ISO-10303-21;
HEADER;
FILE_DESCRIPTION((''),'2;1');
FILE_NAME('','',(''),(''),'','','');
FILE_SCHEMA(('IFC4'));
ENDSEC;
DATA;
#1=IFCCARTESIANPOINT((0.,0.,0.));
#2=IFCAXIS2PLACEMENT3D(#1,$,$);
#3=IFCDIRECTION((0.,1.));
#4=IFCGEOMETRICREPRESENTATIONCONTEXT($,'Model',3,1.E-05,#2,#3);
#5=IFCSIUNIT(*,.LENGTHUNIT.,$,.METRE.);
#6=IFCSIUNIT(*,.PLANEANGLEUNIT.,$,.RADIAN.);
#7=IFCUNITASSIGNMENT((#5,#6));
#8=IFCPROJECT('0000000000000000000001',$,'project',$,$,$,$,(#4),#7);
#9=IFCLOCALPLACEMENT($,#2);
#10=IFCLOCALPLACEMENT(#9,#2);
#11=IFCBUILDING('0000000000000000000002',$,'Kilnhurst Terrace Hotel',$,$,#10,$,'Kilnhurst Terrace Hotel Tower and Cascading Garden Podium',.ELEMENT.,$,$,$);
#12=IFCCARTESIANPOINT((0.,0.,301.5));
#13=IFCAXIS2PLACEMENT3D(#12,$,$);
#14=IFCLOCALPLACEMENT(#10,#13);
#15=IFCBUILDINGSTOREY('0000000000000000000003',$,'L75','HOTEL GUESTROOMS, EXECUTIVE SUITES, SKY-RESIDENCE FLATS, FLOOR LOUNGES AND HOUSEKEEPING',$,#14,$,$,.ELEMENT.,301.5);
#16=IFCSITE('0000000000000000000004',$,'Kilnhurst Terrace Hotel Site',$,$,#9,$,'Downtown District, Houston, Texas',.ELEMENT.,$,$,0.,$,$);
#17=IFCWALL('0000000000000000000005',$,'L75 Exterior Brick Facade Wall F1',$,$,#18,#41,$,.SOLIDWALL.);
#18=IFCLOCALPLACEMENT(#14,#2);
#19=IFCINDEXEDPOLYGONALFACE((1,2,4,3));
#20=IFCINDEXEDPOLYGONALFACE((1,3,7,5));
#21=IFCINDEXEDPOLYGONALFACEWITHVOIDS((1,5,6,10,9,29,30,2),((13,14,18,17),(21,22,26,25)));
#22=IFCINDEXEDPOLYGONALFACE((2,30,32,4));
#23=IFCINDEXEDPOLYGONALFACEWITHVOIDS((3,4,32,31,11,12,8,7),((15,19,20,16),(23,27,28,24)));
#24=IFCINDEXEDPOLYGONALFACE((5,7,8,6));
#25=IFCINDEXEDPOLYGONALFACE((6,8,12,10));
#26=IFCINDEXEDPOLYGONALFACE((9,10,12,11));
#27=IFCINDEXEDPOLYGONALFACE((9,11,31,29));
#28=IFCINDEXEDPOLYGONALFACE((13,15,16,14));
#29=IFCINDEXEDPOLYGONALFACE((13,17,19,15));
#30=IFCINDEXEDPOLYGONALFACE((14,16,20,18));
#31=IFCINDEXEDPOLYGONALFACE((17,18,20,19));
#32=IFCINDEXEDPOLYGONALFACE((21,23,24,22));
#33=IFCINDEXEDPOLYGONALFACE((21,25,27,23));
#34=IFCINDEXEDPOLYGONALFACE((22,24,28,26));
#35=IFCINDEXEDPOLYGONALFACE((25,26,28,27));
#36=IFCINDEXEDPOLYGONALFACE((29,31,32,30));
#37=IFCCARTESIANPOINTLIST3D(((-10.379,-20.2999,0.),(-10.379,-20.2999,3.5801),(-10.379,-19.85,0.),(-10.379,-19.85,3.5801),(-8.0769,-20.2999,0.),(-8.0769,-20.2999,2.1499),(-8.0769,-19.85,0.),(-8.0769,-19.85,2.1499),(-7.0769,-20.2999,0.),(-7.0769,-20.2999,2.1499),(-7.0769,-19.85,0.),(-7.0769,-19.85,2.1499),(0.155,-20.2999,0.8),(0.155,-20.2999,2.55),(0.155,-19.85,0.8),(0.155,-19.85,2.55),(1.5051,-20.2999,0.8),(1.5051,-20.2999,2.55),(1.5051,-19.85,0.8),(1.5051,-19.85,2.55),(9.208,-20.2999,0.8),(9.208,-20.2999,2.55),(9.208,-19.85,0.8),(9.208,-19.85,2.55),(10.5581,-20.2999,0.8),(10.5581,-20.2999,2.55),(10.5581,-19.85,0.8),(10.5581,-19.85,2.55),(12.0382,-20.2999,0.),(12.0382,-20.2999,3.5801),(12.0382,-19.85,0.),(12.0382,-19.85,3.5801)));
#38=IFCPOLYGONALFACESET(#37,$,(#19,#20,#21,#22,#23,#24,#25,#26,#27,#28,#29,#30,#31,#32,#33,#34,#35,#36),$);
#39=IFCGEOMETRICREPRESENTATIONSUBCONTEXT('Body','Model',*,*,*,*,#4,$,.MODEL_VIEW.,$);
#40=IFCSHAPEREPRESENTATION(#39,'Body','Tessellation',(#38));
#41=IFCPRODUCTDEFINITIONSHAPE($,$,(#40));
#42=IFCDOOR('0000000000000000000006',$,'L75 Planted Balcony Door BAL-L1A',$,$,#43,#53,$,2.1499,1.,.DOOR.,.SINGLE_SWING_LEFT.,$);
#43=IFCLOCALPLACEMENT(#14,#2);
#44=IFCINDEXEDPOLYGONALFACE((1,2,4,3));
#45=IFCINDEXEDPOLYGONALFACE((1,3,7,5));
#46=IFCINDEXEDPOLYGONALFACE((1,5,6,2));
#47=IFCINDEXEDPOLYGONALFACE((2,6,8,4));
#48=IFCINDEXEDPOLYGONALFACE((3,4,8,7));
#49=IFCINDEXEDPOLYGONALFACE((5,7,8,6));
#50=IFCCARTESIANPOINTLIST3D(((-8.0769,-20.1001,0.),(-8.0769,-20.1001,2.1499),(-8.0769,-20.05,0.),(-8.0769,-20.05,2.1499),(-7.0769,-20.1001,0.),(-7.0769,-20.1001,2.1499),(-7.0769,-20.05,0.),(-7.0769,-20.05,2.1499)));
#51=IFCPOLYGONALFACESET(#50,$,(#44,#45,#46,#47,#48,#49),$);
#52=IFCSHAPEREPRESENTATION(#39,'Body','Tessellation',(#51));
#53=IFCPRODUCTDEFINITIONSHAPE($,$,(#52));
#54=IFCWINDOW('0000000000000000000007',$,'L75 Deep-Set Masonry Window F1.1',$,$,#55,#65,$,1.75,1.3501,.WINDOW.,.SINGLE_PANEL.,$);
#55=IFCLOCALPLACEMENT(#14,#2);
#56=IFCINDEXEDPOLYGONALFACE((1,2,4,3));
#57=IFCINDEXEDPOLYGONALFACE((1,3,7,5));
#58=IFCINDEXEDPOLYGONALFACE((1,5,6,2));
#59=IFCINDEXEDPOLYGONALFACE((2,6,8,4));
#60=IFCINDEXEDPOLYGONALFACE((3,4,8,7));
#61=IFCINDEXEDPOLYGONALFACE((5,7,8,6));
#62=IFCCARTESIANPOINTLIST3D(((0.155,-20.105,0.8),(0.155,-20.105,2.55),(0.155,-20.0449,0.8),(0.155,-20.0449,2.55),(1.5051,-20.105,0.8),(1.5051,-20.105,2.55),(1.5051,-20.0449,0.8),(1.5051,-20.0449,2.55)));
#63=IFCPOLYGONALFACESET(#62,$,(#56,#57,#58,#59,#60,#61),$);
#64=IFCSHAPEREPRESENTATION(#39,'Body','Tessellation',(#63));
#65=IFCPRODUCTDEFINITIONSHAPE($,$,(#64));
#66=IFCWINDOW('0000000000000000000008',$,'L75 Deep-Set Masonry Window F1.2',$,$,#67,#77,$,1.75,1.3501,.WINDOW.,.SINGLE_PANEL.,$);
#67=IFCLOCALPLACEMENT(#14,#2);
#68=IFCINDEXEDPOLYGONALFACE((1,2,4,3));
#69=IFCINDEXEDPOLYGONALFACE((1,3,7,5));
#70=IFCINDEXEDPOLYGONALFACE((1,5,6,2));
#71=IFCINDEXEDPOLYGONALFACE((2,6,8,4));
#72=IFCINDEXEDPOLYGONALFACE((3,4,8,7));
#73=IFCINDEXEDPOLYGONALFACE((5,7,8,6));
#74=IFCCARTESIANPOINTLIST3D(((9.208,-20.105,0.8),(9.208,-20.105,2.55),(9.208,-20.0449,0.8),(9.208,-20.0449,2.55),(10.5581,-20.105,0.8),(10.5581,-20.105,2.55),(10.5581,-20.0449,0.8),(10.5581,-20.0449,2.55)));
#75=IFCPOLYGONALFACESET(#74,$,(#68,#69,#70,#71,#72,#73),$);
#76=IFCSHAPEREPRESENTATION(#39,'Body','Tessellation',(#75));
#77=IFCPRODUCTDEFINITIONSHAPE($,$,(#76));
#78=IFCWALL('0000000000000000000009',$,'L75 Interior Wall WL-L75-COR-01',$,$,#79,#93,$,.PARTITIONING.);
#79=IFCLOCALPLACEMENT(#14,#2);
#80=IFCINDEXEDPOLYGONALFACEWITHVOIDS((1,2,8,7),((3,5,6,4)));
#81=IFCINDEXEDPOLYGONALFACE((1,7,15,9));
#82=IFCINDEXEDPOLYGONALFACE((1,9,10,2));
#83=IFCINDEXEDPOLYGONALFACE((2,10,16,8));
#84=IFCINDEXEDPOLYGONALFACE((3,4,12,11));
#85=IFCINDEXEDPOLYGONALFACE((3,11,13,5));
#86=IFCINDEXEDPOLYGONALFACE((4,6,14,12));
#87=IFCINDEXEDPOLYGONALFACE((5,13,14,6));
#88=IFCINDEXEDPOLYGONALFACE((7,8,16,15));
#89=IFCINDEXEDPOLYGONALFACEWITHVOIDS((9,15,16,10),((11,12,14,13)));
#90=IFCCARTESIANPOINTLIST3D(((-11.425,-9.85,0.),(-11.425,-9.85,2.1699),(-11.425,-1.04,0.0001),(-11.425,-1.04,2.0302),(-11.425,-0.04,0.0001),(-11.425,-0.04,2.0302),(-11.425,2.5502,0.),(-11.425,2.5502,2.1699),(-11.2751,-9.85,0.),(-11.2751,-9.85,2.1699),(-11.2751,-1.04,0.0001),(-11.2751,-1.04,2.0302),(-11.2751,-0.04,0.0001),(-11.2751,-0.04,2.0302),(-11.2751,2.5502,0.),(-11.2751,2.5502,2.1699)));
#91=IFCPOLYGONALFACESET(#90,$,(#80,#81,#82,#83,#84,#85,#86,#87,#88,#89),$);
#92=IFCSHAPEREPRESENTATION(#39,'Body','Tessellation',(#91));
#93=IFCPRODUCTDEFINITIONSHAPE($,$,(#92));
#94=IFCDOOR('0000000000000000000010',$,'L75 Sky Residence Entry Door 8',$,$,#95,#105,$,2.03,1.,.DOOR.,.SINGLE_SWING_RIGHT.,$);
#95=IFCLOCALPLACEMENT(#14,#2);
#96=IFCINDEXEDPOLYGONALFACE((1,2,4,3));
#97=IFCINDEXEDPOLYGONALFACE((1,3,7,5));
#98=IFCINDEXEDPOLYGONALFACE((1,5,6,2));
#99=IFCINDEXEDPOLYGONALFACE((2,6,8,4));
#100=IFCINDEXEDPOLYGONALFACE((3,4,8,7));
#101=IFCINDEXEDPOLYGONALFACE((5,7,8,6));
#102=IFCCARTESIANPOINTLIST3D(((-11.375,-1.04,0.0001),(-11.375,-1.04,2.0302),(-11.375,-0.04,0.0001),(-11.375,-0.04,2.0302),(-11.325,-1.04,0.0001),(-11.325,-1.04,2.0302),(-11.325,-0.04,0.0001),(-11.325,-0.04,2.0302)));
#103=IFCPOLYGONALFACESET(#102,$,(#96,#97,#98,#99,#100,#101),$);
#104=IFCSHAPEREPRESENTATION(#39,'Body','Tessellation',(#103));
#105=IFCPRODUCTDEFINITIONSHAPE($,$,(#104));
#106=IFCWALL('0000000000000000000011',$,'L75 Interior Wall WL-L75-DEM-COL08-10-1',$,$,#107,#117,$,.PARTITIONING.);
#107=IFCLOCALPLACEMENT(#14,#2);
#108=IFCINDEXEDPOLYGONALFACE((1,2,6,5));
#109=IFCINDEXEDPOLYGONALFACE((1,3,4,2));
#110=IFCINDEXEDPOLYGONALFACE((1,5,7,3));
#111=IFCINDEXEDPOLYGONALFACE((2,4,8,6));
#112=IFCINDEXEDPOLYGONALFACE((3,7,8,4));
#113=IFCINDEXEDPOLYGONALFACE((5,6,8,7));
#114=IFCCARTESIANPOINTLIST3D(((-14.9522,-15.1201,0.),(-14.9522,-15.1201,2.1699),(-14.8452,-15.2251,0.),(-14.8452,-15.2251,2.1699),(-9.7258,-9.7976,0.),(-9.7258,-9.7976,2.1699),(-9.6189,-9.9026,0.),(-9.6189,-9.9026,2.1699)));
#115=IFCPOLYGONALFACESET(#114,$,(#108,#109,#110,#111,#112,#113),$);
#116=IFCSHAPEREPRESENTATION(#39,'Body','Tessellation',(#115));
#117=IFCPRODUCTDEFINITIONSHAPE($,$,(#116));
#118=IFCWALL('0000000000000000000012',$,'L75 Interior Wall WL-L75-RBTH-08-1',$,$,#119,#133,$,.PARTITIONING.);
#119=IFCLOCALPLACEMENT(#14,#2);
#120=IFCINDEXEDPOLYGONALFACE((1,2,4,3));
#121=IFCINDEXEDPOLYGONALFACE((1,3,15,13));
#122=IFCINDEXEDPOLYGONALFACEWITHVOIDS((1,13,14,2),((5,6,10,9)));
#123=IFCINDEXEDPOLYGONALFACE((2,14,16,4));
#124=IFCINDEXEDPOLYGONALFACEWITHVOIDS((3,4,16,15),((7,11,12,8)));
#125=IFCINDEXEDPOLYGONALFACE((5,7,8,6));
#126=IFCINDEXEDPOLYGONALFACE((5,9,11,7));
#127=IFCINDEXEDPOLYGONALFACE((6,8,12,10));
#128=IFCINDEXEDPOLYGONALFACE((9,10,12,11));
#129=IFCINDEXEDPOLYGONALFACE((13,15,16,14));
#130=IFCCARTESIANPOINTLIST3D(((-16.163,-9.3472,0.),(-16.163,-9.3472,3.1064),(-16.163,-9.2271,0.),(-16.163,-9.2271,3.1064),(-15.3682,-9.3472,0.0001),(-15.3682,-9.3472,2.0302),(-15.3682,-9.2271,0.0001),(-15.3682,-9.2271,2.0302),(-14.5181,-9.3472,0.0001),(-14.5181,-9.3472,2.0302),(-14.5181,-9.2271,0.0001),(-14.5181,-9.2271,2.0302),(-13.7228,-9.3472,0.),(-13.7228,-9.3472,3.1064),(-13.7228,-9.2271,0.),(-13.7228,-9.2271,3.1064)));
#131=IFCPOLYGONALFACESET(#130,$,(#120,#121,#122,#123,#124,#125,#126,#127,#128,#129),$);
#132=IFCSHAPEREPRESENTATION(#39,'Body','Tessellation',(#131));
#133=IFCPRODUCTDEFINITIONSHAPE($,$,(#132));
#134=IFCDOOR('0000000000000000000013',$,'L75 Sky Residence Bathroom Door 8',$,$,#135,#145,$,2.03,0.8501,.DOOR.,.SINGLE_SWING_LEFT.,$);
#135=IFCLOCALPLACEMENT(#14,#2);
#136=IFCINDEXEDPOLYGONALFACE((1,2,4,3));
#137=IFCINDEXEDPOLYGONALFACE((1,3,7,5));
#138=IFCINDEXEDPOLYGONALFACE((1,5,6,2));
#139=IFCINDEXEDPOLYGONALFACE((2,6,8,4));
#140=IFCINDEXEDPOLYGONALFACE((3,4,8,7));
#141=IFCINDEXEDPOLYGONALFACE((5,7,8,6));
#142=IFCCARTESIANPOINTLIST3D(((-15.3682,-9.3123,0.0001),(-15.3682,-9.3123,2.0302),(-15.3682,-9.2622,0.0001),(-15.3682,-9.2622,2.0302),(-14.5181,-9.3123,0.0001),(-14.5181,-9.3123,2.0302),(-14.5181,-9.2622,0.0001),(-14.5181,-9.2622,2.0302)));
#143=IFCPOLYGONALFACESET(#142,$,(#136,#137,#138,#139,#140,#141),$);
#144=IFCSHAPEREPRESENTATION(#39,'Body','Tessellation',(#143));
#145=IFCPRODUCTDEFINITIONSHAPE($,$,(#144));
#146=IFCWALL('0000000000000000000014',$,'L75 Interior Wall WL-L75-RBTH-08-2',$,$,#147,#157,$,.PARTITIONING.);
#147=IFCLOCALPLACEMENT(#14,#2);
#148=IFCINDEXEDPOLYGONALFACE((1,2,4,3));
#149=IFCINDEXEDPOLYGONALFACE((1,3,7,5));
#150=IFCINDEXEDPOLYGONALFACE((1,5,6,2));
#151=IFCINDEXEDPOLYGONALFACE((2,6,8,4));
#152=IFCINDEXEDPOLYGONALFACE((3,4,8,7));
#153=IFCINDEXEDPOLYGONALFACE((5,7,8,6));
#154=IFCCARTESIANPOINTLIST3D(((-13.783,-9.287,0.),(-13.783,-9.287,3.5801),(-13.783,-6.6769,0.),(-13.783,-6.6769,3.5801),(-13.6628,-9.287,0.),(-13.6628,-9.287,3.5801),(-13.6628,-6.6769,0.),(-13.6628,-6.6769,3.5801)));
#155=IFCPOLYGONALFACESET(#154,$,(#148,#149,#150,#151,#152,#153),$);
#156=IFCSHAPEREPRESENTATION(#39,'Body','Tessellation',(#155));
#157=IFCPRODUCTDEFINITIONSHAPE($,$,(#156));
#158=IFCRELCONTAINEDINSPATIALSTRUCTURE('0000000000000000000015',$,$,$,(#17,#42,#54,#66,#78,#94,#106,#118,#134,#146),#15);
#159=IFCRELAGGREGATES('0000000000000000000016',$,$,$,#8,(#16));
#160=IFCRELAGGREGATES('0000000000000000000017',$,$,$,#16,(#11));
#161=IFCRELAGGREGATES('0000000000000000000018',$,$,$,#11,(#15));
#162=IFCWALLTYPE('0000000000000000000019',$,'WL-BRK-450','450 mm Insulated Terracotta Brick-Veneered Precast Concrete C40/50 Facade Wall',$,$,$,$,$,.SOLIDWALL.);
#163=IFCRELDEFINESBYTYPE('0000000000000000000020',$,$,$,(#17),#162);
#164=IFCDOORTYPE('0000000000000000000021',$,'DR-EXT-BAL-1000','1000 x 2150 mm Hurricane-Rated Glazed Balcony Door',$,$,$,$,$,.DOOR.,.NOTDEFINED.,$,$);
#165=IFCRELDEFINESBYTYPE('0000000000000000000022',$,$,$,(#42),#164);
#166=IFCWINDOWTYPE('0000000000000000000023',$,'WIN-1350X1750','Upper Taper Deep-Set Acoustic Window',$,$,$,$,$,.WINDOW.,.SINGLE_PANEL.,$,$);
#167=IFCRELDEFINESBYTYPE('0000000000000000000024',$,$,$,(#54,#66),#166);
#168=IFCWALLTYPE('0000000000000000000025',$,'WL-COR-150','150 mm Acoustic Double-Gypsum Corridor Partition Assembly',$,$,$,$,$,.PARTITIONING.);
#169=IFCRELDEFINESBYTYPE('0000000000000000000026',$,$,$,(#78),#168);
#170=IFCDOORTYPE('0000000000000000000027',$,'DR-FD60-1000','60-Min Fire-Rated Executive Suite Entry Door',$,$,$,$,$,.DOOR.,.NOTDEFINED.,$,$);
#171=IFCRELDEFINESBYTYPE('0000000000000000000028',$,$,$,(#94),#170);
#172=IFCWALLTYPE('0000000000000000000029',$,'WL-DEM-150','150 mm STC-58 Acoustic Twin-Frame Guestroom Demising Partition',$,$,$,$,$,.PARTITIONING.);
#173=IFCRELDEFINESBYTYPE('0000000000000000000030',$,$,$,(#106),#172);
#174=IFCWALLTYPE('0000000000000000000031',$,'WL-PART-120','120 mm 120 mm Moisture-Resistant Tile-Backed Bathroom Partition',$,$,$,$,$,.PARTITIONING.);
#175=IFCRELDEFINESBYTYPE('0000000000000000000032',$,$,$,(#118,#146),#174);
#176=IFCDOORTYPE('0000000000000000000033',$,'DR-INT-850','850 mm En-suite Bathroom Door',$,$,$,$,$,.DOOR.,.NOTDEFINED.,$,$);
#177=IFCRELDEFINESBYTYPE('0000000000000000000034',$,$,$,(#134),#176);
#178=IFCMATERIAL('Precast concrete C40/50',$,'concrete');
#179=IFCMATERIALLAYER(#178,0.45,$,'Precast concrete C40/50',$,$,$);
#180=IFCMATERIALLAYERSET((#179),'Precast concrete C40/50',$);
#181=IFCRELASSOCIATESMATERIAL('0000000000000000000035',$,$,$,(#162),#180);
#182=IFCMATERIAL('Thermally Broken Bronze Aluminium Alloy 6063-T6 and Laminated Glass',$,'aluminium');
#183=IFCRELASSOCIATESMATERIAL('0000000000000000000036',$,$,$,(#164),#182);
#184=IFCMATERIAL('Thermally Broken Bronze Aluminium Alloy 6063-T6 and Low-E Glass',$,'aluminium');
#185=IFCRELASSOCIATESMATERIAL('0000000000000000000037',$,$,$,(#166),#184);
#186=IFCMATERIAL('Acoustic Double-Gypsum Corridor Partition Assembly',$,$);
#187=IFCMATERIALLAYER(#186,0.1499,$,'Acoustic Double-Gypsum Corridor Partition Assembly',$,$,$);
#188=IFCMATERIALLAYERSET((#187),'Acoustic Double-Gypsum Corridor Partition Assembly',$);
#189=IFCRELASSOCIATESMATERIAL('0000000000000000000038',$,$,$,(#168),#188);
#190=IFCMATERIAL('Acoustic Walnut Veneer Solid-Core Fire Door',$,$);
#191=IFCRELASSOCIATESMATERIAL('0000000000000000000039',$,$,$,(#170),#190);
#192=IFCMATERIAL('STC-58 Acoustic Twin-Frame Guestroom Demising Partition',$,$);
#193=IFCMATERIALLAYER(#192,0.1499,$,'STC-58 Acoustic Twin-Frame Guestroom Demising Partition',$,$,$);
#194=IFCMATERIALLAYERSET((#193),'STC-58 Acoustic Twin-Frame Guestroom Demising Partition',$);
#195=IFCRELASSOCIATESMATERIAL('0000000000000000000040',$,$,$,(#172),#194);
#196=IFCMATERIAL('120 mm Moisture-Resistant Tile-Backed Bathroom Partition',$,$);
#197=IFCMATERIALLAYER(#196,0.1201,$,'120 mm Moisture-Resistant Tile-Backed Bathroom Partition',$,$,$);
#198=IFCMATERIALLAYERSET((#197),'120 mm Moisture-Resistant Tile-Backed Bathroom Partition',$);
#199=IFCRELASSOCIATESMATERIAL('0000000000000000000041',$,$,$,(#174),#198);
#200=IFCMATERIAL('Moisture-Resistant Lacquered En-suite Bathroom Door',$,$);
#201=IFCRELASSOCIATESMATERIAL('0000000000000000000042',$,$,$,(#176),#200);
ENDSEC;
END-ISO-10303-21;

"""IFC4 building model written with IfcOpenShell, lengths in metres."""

from ifc_helpers import new_model, si_unit, direction, frame, frame_2d, origin, place, context, subcontext, project, spatial, rectangle, extrude, material, layer, layer_set, type_object, element, fill, save


model = new_model("IFC4")

# Units and contexts
model_context = context("Model", 3, precision=1e-05, world=origin(), true_north=direction((0.0, 1.0)))
body_context = subcontext(model_context, "Body", "Model", "MODEL_VIEW")
ifc_project = project(units=[si_unit("LENGTHUNIT", "METRE"), si_unit("PLANEANGLEUNIT", "RADIAN")], contexts=[model_context])

# Site, building, storey
site_placement = place(None, origin())
site = spatial("IfcSite", under=ifc_project, at=site_placement, Name="Kilnhurst Terrace Hotel Site", LongName="Downtown District, Houston, Texas", CompositionType="ELEMENT", RefElevation=0.0)
building_placement = place(site_placement, origin())
building = spatial("IfcBuilding", under=site, at=building_placement, Name="Kilnhurst Terrace Hotel", LongName="Kilnhurst Terrace Hotel Tower and Cascading Garden Podium", CompositionType="ELEMENT")
storey_placement = place(building_placement, frame((0.0, 0.0, 301.5)))
storey = spatial("IfcBuildingStorey", under=building, at=storey_placement, Name="L75", Description="HOTEL GUESTROOMS, EXECUTIVE SUITES, SKY-RESIDENCE FLATS, FLOOR LOUNGES AND HOUSEKEEPING", CompositionType="ELEMENT", Elevation=301.5)

# Shared definitions
ifc_material_1 = material(Name="Precast concrete C40/50", Category="concrete")
ifc_layer_1 = layer(ifc_material_1, 0.45, Name="Precast concrete C40/50")
ifc_layer_set_1 = layer_set([ifc_layer_1], Name="Precast concrete C40/50")
wall_type_1 = type_object("IfcWallType", Name="WL-BRK-450", Description="450 mm Insulated Terracotta Brick-Veneered Precast Concrete C40/50 Facade Wall", PredefinedType="SOLIDWALL", material=ifc_layer_set_1)

# Wall, openings, door, windows
wall_1_placement = place(storey_placement, frame((-10.3789, -20.075, 0.0), z_axis=(0.0, 0.0, 1.0), x_axis=(1.0, 0.0, 0.0)))
wall_1 = element("IfcWall", 1, at=wall_1_placement, inside=storey, type_object=wall_type_1, Name="L75 Exterior Brick Facade Wall F1", PredefinedType="SOLIDWALL", context=body_context, shape_type="SweptSolid", body=[
    extrude(rectangle(XDim=22.4172, YDim=0.45, at=frame_2d((11.2085, 0.0))), origin(), (0.0, 0.0, 1.0), 3.5801),
])
opening_1_placement = place(wall_1_placement, frame((2.302, 0.0, 0.0)))
opening_1 = element("IfcOpeningElement", 2, at=opening_1_placement, cuts=wall_1, PredefinedType="OPENING", context=body_context, shape_type="SweptSolid", body=[
    extrude(rectangle(XDim=1.0, YDim=2.1499, at=frame_2d((0.5, 1.075))), frame((0.0, 0.2349, 0.0), z_axis=(0.0, -1.0, 0.0), x_axis=(1.0, 0.0, 0.0)), (0.0, 0.0, 1.0), 0.47),
])
opening_2_placement = place(wall_1_placement, frame((10.5339, 0.0, 0.8)))
opening_2 = element("IfcOpeningElement", 3, at=opening_2_placement, cuts=wall_1, PredefinedType="OPENING", context=body_context, shape_type="SweptSolid", body=[
    extrude(rectangle(XDim=1.3501, YDim=1.75, at=frame_2d((0.675, 0.875))), frame((0.0, 0.2349, 0.0), z_axis=(0.0, -1.0, 0.0), x_axis=(1.0, 0.0, 0.0)), (0.0, 0.0, 1.0), 0.47),
])
opening_3_placement = place(wall_1_placement, frame((19.5869, 0.0, 0.8)))
opening_3 = element("IfcOpeningElement", 4, at=opening_3_placement, cuts=wall_1, PredefinedType="OPENING", context=body_context, shape_type="SweptSolid", body=[
    extrude(rectangle(XDim=1.3501, YDim=1.75, at=frame_2d((0.675, 0.875))), frame((0.0, 0.2349, 0.0), z_axis=(0.0, -1.0, 0.0), x_axis=(1.0, 0.0, 0.0)), (0.0, 0.0, 1.0), 0.47),
])
ifc_material_2 = material(Name="Thermally Broken Bronze Aluminium Alloy 6063-T6 and Laminated Glass", Category="aluminium")
door_type_1 = type_object("IfcDoorType", Name="DR-EXT-BAL-1000", Description="1000 x 2150 mm Hurricane-Rated Glazed Balcony Door", OperationType="NOTDEFINED", PredefinedType="DOOR", material=ifc_material_2)
door_1_placement = place(opening_1_placement, origin())
door_1 = element("IfcDoor", 5, at=door_1_placement, inside=storey, type_object=door_type_1, Name="L75 Planted Balcony Door BAL-L1A", OperationType="SINGLE_SWING_LEFT", OverallHeight=2.1499, OverallWidth=1.0, PredefinedType="DOOR", context=body_context, shape_type="SweptSolid", body=[
    extrude(rectangle(XDim=1.0, YDim=2.1499, at=frame_2d((0.5, 1.075))), frame((0.0, 0.0249, 0.0), z_axis=(0.0, -1.0, 0.0), x_axis=(1.0, 0.0, 0.0)), (0.0, 0.0, 1.0), 0.05),
])
fill(opening_1, door_1)
ifc_material_3 = material(Name="Thermally Broken Bronze Aluminium Alloy 6063-T6 and Low-E Glass", Category="aluminium")
window_type = type_object("IfcWindowType", Name="WIN-1350X1750", Description="Upper Taper Deep-Set Acoustic Window", PartitioningType="SINGLE_PANEL", PredefinedType="WINDOW", material=ifc_material_3)
window_1_placement = place(opening_2_placement, origin())
window_1 = element("IfcWindow", 6, at=window_1_placement, inside=storey, type_object=window_type, Name="L75 Deep-Set Masonry Window F1.1", OverallHeight=1.75, OverallWidth=1.3501, PartitioningType="SINGLE_PANEL", PredefinedType="WINDOW", context=body_context, shape_type="SweptSolid", body=[
    extrude(rectangle(XDim=1.3501, YDim=1.75, at=frame_2d((0.675, 0.875))), frame((0.0, 0.03, 0.0), z_axis=(0.0, -1.0, 0.0), x_axis=(1.0, 0.0, 0.0)), (0.0, 0.0, 1.0), 0.0601),
])
fill(opening_2, window_1)
window_2_placement = place(opening_3_placement, origin())
window_2 = element("IfcWindow", 7, at=window_2_placement, inside=storey, type_object=window_type, Name="L75 Deep-Set Masonry Window F1.2", OverallHeight=1.75, OverallWidth=1.3501, PartitioningType="SINGLE_PANEL", PredefinedType="WINDOW", context=body_context, shape_type="SweptSolid", body=[
    extrude(rectangle(XDim=1.3501, YDim=1.75, at=frame_2d((0.675, 0.875))), frame((0.0, 0.03, 0.0), z_axis=(0.0, -1.0, 0.0), x_axis=(1.0, 0.0, 0.0)), (0.0, 0.0, 1.0), 0.0601),
])
fill(opening_3, window_2)

# Wall, opening, door
ifc_material_4 = material(Name="Acoustic Double-Gypsum Corridor Partition Assembly")
ifc_layer_2 = layer(ifc_material_4, 0.1499, Name="Acoustic Double-Gypsum Corridor Partition Assembly")
ifc_layer_set_2 = layer_set([ifc_layer_2], Name="Acoustic Double-Gypsum Corridor Partition Assembly")
wall_type_2 = type_object("IfcWallType", Name="WL-COR-150", Description="150 mm Acoustic Double-Gypsum Corridor Partition Assembly", PredefinedType="PARTITIONING", material=ifc_layer_set_2)
wall_2_placement = place(storey_placement, frame((-11.3501, -9.8501, 0.0), z_axis=(0.0, 0.0, 1.0), x_axis=(0.0, 1.0, 0.0)))
wall_2 = element("IfcWall", 8, at=wall_2_placement, inside=storey, type_object=wall_type_2, Name="L75 Interior Wall WL-L75-COR-01", PredefinedType="PARTITIONING", context=body_context, shape_type="SweptSolid", body=[
    extrude(rectangle(XDim=12.4001, YDim=0.1499, at=frame_2d((6.2002, 0.0))), origin(), (0.0, 0.0, 1.0), 2.1699),
])
opening_4_placement = place(wall_2_placement, frame((8.8101, 0.0, 0.0)))
opening_4 = element("IfcOpeningElement", 9, at=opening_4_placement, cuts=wall_2, PredefinedType="OPENING", context=body_context, shape_type="SweptSolid", body=[
    extrude(rectangle(XDim=1.0, YDim=2.03, at=frame_2d((0.5, 1.0151))), frame((0.0, 0.085, 0.0), z_axis=(0.0, -1.0, 0.0), x_axis=(1.0, 0.0, 0.0)), (0.0, 0.0, 1.0), 0.1699),
])
ifc_material_5 = material(Name="Acoustic Walnut Veneer Solid-Core Fire Door")
door_type_2 = type_object("IfcDoorType", Name="DR-FD60-1000", Description="60-Min Fire-Rated Executive Suite Entry Door", OperationType="NOTDEFINED", PredefinedType="DOOR", material=ifc_material_5)
door_2_placement = place(opening_4_placement, origin())
door_2 = element("IfcDoor", 10, at=door_2_placement, inside=storey, type_object=door_type_2, Name="L75 Sky Residence Entry Door 8", OperationType="SINGLE_SWING_RIGHT", OverallHeight=2.03, OverallWidth=1.0, PredefinedType="DOOR", context=body_context, shape_type="SweptSolid", body=[
    extrude(rectangle(XDim=1.0, YDim=2.03, at=frame_2d((0.5, 1.0151))), frame((0.0, 0.0249, 0.0), z_axis=(0.0, -1.0, 0.0), x_axis=(1.0, 0.0, 0.0)), (0.0, 0.0, 1.0), 0.05),
])
fill(opening_4, door_2)

# Wall
ifc_material_6 = material(Name="STC-58 Acoustic Twin-Frame Guestroom Demising Partition")
ifc_layer_3 = layer(ifc_material_6, 0.1499, Name="STC-58 Acoustic Twin-Frame Guestroom Demising Partition")
ifc_layer_set_3 = layer_set([ifc_layer_3], Name="STC-58 Acoustic Twin-Frame Guestroom Demising Partition")
wall_type_3 = type_object("IfcWallType", Name="WL-DEM-150", Description="150 mm STC-58 Acoustic Twin-Frame Guestroom Demising Partition", PredefinedType="PARTITIONING", material=ifc_layer_set_3)
wall_3_placement = place(storey_placement, frame((-9.6724, -9.8501, 0.0), z_axis=(0.0, 0.0, 1.0), x_axis=(-0.70063, -0.713525, 0.0)))
element("IfcWall", 11, at=wall_3_placement, inside=storey, type_object=wall_type_3, Name="L75 Interior Wall WL-L75-DEM-COL08-10-1", PredefinedType="PARTITIONING", context=body_context, shape_type="SweptSolid", body=[
    extrude(rectangle(XDim=7.4595, YDim=0.1499, at=frame_2d((3.7297, 0.0))), origin(), (0.0, 0.0, 1.0), 2.1699),
])

# Wall, opening, door
ifc_material_7 = material(Name="120 mm Moisture-Resistant Tile-Backed Bathroom Partition")
ifc_layer_4 = layer(ifc_material_7, 0.1201, Name="120 mm Moisture-Resistant Tile-Backed Bathroom Partition")
ifc_layer_set_4 = layer_set([ifc_layer_4], Name="120 mm Moisture-Resistant Tile-Backed Bathroom Partition")
wall_type_4 = type_object("IfcWallType", Name="WL-PART-120", Description="120 mm 120 mm Moisture-Resistant Tile-Backed Bathroom Partition", PredefinedType="PARTITIONING", material=ifc_layer_set_4)
wall_4_placement = place(storey_placement, frame((-16.1631, -9.2871, 0.0), z_axis=(0.0, 0.0, 1.0), x_axis=(1.0, 0.0, 0.0)))
wall_4 = element("IfcWall", 12, at=wall_4_placement, inside=storey, type_object=wall_type_4, Name="L75 Interior Wall WL-L75-RBTH-08-1", PredefinedType="PARTITIONING", context=body_context, shape_type="SweptSolid", body=[
    extrude(rectangle(XDim=2.4402, YDim=0.1201, at=frame_2d((1.2202, 0.0))), origin(), (0.0, 0.0, 1.0), 3.1064),
])
opening_5_placement = place(wall_4_placement, frame((0.7949, 0.0, 0.0)))
opening_5 = element("IfcOpeningElement", 13, at=opening_5_placement, cuts=wall_4, PredefinedType="OPENING", context=body_context, shape_type="SweptSolid", body=[
    extrude(rectangle(XDim=0.8501, YDim=2.03, at=frame_2d((0.425, 1.0151))), frame((0.0, 0.0701, 0.0), z_axis=(0.0, -1.0, 0.0), x_axis=(1.0, 0.0, 0.0)), (0.0, 0.0, 1.0), 0.1401),
])
ifc_material_8 = material(Name="Moisture-Resistant Lacquered En-suite Bathroom Door")
door_type_3 = type_object("IfcDoorType", Name="DR-INT-850", Description="850 mm En-suite Bathroom Door", OperationType="NOTDEFINED", PredefinedType="DOOR", material=ifc_material_8)
door_3_placement = place(opening_5_placement, origin())
door_3 = element("IfcDoor", 14, at=door_3_placement, inside=storey, type_object=door_type_3, Name="L75 Sky Residence Bathroom Door 8", OperationType="SINGLE_SWING_LEFT", OverallHeight=2.03, OverallWidth=0.8501, PredefinedType="DOOR", context=body_context, shape_type="SweptSolid", body=[
    extrude(rectangle(XDim=0.8501, YDim=2.03, at=frame_2d((0.425, 1.0151))), frame((0.0, 0.0249, 0.0), z_axis=(0.0, -1.0, 0.0), x_axis=(1.0, 0.0, 0.0)), (0.0, 0.0, 1.0), 0.05),
])
fill(opening_5, door_3)

# Wall
wall_5_placement = place(storey_placement, frame((-13.7229, -9.2871, 0.0), z_axis=(0.0, 0.0, 1.0), x_axis=(0.0, 1.0, 0.0)))
element("IfcWall", 15, at=wall_5_placement, inside=storey, type_object=wall_type_4, Name="L75 Interior Wall WL-L75-RBTH-08-2", PredefinedType="PARTITIONING", context=body_context, shape_type="SweptSolid", body=[
    extrude(rectangle(XDim=2.6101, YDim=0.1201, at=frame_2d((1.3052, 0.0))), origin(), (0.0, 0.0, 1.0), 3.5801),
])

save(model, "model.ifc")
